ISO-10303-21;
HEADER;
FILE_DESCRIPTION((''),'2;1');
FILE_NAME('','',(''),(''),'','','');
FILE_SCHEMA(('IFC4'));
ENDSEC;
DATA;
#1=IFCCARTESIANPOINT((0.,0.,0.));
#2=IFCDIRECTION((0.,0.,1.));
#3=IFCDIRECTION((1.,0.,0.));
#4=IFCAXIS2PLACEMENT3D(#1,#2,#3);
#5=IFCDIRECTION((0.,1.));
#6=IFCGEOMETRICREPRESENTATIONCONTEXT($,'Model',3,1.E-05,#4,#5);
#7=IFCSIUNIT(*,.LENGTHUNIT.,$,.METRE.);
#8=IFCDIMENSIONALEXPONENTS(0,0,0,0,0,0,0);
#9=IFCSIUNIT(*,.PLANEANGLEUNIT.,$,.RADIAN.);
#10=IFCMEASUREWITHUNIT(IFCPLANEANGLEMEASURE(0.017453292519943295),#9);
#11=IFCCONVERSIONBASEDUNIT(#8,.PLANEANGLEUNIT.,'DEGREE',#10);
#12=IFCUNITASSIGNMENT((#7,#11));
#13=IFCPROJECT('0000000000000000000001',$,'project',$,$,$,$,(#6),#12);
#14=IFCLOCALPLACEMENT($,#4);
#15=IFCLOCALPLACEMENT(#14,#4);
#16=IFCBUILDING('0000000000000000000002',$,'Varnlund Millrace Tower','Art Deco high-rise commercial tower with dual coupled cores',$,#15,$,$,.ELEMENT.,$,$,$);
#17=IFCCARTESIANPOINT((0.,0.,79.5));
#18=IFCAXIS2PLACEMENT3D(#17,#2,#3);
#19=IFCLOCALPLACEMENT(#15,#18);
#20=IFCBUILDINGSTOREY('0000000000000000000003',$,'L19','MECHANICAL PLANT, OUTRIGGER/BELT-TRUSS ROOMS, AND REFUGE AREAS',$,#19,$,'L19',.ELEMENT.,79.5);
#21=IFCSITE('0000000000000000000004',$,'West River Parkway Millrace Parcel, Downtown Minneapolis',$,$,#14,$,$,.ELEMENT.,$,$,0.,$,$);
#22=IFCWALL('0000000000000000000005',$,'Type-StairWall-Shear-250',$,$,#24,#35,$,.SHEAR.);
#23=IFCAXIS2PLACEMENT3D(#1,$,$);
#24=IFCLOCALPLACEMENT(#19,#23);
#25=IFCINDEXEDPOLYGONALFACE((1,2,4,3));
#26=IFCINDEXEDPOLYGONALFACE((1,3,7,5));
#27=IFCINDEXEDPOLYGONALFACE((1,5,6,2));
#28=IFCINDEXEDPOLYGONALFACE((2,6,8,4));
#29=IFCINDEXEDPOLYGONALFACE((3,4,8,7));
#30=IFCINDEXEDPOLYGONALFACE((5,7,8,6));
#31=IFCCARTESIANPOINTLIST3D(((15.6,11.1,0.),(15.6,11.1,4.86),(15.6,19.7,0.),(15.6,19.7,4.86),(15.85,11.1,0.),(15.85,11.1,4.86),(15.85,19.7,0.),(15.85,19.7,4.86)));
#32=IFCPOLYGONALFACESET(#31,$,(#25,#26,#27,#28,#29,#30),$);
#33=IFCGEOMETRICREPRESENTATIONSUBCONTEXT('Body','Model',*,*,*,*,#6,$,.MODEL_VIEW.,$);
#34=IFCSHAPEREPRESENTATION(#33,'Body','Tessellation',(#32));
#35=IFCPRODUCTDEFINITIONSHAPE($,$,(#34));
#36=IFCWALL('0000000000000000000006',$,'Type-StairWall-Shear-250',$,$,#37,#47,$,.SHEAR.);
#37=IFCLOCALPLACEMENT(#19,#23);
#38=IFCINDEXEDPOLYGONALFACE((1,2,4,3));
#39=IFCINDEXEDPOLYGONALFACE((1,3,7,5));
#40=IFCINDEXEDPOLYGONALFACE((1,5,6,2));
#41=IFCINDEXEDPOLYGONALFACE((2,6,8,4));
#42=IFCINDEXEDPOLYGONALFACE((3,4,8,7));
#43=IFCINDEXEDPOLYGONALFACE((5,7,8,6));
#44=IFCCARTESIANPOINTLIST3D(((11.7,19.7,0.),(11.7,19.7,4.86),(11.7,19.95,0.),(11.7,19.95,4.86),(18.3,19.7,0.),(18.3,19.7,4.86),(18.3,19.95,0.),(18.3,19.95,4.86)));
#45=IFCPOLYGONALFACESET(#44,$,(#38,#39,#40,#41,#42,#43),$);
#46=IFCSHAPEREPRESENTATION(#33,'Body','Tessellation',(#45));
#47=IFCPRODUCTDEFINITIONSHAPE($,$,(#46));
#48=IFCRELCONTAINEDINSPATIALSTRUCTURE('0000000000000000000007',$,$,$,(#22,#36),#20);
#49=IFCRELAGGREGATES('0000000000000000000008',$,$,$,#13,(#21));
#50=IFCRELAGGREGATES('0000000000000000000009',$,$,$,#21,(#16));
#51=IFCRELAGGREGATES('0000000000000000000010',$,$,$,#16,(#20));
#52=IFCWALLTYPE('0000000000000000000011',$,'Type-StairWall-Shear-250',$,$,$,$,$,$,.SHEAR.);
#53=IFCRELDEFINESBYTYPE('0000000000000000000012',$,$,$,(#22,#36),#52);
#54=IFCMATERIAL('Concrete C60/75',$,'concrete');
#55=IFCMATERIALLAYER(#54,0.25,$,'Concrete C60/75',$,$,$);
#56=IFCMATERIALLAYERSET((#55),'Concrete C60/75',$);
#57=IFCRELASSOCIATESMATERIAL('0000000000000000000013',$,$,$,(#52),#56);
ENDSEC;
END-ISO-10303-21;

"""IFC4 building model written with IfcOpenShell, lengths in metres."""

from ifc_helpers import new_model, entity, si_unit, converted_unit, direction, frame, origin_with_axes, place, context, subcontext, project, spatial, polyline, outline, extrude, material, layer, layer_set, type_object, element, save


model = new_model("IFC4")

# Units and contexts
model_context = context("Model", 3, precision=1e-05, world=origin_with_axes(), true_north=direction((0.0, 1.0)))
body_context = subcontext(model_context, "Body", "Model", "MODEL_VIEW")
ifc_project = project(units=[si_unit("LENGTHUNIT", "METRE"), converted_unit("PLANEANGLEUNIT", "DEGREE", entity("IfcPlaneAngleMeasure", 0.017453292519943295), si_unit("PLANEANGLEUNIT", "RADIAN"), dimensions=[0, 0, 0, 0, 0, 0, 0])], contexts=[model_context])

# Site, building, storey
site_placement = place(None, origin_with_axes())
site = spatial("IfcSite", under=ifc_project, at=site_placement, Name="West River Parkway Millrace Parcel, Downtown Minneapolis", CompositionType="ELEMENT", RefElevation=0.0)
building_placement = place(site_placement, origin_with_axes())
building = spatial("IfcBuilding", under=site, at=building_placement, Name="Varnlund Millrace Tower", Description="Art Deco high-rise commercial tower with dual coupled cores", CompositionType="ELEMENT")
storey_placement = place(building_placement, frame((0.0, 0.0, 79.5), z_axis=(0.0, 0.0, 1.0), x_axis=(1.0, 0.0, 0.0)))
storey = spatial("IfcBuildingStorey", under=building, at=storey_placement, Name="L19", Description="MECHANICAL PLANT, OUTRIGGER/BELT-TRUSS ROOMS, AND REFUGE AREAS", LongName="L19", CompositionType="ELEMENT", Elevation=79.5)

# Shared definitions
ifc_material_1 = material(Name="Concrete C60/75", Category="concrete")
ifc_layer_1 = layer(ifc_material_1, 0.25, Name="Concrete C60/75")
ifc_layer_set_1 = layer_set([ifc_layer_1], Name="Concrete C60/75")

# Walls
wall_type_1 = type_object("IfcWallType", Name="Type-StairWall-Shear-250", PredefinedType="SHEAR", material=ifc_layer_set_1)
wall_1_placement = place(storey_placement, frame((15.725, 11.1, 0.0), z_axis=(0.0, 0.0, 1.0), x_axis=(0.0, 1.0, 0.0)))
element("IfcWall", 1, at=wall_1_placement, inside=storey, type_object=wall_type_1, Name="Type-StairWall-Shear-250", PredefinedType="SHEAR", context=body_context, shape_type="SweptSolid", body=[
    extrude(outline(polyline([(0.0, -0.125), (8.6, -0.125), (8.6, 0.125), (0.0, 0.125), (0.0, -0.125)])), origin_with_axes(), (0.0, 0.0, 1.0), 4.86),
])
wall_2_placement = place(storey_placement, frame((11.7, 19.825, 0.0), z_axis=(0.0, 0.0, 1.0), x_axis=(1.0, 0.0, 0.0)))
element("IfcWall", 2, at=wall_2_placement, inside=storey, type_object=wall_type_1, Name="Type-StairWall-Shear-250", PredefinedType="SHEAR", context=body_context, shape_type="SweptSolid", body=[
    extrude(outline(polyline([(0.0, -0.125), (6.6, -0.125), (6.6, 0.125), (0.0, 0.125), (0.0, -0.125)])), origin_with_axes(), (0.0, 0.0, 1.0), 4.86),
])

save(model, "model.ifc")
